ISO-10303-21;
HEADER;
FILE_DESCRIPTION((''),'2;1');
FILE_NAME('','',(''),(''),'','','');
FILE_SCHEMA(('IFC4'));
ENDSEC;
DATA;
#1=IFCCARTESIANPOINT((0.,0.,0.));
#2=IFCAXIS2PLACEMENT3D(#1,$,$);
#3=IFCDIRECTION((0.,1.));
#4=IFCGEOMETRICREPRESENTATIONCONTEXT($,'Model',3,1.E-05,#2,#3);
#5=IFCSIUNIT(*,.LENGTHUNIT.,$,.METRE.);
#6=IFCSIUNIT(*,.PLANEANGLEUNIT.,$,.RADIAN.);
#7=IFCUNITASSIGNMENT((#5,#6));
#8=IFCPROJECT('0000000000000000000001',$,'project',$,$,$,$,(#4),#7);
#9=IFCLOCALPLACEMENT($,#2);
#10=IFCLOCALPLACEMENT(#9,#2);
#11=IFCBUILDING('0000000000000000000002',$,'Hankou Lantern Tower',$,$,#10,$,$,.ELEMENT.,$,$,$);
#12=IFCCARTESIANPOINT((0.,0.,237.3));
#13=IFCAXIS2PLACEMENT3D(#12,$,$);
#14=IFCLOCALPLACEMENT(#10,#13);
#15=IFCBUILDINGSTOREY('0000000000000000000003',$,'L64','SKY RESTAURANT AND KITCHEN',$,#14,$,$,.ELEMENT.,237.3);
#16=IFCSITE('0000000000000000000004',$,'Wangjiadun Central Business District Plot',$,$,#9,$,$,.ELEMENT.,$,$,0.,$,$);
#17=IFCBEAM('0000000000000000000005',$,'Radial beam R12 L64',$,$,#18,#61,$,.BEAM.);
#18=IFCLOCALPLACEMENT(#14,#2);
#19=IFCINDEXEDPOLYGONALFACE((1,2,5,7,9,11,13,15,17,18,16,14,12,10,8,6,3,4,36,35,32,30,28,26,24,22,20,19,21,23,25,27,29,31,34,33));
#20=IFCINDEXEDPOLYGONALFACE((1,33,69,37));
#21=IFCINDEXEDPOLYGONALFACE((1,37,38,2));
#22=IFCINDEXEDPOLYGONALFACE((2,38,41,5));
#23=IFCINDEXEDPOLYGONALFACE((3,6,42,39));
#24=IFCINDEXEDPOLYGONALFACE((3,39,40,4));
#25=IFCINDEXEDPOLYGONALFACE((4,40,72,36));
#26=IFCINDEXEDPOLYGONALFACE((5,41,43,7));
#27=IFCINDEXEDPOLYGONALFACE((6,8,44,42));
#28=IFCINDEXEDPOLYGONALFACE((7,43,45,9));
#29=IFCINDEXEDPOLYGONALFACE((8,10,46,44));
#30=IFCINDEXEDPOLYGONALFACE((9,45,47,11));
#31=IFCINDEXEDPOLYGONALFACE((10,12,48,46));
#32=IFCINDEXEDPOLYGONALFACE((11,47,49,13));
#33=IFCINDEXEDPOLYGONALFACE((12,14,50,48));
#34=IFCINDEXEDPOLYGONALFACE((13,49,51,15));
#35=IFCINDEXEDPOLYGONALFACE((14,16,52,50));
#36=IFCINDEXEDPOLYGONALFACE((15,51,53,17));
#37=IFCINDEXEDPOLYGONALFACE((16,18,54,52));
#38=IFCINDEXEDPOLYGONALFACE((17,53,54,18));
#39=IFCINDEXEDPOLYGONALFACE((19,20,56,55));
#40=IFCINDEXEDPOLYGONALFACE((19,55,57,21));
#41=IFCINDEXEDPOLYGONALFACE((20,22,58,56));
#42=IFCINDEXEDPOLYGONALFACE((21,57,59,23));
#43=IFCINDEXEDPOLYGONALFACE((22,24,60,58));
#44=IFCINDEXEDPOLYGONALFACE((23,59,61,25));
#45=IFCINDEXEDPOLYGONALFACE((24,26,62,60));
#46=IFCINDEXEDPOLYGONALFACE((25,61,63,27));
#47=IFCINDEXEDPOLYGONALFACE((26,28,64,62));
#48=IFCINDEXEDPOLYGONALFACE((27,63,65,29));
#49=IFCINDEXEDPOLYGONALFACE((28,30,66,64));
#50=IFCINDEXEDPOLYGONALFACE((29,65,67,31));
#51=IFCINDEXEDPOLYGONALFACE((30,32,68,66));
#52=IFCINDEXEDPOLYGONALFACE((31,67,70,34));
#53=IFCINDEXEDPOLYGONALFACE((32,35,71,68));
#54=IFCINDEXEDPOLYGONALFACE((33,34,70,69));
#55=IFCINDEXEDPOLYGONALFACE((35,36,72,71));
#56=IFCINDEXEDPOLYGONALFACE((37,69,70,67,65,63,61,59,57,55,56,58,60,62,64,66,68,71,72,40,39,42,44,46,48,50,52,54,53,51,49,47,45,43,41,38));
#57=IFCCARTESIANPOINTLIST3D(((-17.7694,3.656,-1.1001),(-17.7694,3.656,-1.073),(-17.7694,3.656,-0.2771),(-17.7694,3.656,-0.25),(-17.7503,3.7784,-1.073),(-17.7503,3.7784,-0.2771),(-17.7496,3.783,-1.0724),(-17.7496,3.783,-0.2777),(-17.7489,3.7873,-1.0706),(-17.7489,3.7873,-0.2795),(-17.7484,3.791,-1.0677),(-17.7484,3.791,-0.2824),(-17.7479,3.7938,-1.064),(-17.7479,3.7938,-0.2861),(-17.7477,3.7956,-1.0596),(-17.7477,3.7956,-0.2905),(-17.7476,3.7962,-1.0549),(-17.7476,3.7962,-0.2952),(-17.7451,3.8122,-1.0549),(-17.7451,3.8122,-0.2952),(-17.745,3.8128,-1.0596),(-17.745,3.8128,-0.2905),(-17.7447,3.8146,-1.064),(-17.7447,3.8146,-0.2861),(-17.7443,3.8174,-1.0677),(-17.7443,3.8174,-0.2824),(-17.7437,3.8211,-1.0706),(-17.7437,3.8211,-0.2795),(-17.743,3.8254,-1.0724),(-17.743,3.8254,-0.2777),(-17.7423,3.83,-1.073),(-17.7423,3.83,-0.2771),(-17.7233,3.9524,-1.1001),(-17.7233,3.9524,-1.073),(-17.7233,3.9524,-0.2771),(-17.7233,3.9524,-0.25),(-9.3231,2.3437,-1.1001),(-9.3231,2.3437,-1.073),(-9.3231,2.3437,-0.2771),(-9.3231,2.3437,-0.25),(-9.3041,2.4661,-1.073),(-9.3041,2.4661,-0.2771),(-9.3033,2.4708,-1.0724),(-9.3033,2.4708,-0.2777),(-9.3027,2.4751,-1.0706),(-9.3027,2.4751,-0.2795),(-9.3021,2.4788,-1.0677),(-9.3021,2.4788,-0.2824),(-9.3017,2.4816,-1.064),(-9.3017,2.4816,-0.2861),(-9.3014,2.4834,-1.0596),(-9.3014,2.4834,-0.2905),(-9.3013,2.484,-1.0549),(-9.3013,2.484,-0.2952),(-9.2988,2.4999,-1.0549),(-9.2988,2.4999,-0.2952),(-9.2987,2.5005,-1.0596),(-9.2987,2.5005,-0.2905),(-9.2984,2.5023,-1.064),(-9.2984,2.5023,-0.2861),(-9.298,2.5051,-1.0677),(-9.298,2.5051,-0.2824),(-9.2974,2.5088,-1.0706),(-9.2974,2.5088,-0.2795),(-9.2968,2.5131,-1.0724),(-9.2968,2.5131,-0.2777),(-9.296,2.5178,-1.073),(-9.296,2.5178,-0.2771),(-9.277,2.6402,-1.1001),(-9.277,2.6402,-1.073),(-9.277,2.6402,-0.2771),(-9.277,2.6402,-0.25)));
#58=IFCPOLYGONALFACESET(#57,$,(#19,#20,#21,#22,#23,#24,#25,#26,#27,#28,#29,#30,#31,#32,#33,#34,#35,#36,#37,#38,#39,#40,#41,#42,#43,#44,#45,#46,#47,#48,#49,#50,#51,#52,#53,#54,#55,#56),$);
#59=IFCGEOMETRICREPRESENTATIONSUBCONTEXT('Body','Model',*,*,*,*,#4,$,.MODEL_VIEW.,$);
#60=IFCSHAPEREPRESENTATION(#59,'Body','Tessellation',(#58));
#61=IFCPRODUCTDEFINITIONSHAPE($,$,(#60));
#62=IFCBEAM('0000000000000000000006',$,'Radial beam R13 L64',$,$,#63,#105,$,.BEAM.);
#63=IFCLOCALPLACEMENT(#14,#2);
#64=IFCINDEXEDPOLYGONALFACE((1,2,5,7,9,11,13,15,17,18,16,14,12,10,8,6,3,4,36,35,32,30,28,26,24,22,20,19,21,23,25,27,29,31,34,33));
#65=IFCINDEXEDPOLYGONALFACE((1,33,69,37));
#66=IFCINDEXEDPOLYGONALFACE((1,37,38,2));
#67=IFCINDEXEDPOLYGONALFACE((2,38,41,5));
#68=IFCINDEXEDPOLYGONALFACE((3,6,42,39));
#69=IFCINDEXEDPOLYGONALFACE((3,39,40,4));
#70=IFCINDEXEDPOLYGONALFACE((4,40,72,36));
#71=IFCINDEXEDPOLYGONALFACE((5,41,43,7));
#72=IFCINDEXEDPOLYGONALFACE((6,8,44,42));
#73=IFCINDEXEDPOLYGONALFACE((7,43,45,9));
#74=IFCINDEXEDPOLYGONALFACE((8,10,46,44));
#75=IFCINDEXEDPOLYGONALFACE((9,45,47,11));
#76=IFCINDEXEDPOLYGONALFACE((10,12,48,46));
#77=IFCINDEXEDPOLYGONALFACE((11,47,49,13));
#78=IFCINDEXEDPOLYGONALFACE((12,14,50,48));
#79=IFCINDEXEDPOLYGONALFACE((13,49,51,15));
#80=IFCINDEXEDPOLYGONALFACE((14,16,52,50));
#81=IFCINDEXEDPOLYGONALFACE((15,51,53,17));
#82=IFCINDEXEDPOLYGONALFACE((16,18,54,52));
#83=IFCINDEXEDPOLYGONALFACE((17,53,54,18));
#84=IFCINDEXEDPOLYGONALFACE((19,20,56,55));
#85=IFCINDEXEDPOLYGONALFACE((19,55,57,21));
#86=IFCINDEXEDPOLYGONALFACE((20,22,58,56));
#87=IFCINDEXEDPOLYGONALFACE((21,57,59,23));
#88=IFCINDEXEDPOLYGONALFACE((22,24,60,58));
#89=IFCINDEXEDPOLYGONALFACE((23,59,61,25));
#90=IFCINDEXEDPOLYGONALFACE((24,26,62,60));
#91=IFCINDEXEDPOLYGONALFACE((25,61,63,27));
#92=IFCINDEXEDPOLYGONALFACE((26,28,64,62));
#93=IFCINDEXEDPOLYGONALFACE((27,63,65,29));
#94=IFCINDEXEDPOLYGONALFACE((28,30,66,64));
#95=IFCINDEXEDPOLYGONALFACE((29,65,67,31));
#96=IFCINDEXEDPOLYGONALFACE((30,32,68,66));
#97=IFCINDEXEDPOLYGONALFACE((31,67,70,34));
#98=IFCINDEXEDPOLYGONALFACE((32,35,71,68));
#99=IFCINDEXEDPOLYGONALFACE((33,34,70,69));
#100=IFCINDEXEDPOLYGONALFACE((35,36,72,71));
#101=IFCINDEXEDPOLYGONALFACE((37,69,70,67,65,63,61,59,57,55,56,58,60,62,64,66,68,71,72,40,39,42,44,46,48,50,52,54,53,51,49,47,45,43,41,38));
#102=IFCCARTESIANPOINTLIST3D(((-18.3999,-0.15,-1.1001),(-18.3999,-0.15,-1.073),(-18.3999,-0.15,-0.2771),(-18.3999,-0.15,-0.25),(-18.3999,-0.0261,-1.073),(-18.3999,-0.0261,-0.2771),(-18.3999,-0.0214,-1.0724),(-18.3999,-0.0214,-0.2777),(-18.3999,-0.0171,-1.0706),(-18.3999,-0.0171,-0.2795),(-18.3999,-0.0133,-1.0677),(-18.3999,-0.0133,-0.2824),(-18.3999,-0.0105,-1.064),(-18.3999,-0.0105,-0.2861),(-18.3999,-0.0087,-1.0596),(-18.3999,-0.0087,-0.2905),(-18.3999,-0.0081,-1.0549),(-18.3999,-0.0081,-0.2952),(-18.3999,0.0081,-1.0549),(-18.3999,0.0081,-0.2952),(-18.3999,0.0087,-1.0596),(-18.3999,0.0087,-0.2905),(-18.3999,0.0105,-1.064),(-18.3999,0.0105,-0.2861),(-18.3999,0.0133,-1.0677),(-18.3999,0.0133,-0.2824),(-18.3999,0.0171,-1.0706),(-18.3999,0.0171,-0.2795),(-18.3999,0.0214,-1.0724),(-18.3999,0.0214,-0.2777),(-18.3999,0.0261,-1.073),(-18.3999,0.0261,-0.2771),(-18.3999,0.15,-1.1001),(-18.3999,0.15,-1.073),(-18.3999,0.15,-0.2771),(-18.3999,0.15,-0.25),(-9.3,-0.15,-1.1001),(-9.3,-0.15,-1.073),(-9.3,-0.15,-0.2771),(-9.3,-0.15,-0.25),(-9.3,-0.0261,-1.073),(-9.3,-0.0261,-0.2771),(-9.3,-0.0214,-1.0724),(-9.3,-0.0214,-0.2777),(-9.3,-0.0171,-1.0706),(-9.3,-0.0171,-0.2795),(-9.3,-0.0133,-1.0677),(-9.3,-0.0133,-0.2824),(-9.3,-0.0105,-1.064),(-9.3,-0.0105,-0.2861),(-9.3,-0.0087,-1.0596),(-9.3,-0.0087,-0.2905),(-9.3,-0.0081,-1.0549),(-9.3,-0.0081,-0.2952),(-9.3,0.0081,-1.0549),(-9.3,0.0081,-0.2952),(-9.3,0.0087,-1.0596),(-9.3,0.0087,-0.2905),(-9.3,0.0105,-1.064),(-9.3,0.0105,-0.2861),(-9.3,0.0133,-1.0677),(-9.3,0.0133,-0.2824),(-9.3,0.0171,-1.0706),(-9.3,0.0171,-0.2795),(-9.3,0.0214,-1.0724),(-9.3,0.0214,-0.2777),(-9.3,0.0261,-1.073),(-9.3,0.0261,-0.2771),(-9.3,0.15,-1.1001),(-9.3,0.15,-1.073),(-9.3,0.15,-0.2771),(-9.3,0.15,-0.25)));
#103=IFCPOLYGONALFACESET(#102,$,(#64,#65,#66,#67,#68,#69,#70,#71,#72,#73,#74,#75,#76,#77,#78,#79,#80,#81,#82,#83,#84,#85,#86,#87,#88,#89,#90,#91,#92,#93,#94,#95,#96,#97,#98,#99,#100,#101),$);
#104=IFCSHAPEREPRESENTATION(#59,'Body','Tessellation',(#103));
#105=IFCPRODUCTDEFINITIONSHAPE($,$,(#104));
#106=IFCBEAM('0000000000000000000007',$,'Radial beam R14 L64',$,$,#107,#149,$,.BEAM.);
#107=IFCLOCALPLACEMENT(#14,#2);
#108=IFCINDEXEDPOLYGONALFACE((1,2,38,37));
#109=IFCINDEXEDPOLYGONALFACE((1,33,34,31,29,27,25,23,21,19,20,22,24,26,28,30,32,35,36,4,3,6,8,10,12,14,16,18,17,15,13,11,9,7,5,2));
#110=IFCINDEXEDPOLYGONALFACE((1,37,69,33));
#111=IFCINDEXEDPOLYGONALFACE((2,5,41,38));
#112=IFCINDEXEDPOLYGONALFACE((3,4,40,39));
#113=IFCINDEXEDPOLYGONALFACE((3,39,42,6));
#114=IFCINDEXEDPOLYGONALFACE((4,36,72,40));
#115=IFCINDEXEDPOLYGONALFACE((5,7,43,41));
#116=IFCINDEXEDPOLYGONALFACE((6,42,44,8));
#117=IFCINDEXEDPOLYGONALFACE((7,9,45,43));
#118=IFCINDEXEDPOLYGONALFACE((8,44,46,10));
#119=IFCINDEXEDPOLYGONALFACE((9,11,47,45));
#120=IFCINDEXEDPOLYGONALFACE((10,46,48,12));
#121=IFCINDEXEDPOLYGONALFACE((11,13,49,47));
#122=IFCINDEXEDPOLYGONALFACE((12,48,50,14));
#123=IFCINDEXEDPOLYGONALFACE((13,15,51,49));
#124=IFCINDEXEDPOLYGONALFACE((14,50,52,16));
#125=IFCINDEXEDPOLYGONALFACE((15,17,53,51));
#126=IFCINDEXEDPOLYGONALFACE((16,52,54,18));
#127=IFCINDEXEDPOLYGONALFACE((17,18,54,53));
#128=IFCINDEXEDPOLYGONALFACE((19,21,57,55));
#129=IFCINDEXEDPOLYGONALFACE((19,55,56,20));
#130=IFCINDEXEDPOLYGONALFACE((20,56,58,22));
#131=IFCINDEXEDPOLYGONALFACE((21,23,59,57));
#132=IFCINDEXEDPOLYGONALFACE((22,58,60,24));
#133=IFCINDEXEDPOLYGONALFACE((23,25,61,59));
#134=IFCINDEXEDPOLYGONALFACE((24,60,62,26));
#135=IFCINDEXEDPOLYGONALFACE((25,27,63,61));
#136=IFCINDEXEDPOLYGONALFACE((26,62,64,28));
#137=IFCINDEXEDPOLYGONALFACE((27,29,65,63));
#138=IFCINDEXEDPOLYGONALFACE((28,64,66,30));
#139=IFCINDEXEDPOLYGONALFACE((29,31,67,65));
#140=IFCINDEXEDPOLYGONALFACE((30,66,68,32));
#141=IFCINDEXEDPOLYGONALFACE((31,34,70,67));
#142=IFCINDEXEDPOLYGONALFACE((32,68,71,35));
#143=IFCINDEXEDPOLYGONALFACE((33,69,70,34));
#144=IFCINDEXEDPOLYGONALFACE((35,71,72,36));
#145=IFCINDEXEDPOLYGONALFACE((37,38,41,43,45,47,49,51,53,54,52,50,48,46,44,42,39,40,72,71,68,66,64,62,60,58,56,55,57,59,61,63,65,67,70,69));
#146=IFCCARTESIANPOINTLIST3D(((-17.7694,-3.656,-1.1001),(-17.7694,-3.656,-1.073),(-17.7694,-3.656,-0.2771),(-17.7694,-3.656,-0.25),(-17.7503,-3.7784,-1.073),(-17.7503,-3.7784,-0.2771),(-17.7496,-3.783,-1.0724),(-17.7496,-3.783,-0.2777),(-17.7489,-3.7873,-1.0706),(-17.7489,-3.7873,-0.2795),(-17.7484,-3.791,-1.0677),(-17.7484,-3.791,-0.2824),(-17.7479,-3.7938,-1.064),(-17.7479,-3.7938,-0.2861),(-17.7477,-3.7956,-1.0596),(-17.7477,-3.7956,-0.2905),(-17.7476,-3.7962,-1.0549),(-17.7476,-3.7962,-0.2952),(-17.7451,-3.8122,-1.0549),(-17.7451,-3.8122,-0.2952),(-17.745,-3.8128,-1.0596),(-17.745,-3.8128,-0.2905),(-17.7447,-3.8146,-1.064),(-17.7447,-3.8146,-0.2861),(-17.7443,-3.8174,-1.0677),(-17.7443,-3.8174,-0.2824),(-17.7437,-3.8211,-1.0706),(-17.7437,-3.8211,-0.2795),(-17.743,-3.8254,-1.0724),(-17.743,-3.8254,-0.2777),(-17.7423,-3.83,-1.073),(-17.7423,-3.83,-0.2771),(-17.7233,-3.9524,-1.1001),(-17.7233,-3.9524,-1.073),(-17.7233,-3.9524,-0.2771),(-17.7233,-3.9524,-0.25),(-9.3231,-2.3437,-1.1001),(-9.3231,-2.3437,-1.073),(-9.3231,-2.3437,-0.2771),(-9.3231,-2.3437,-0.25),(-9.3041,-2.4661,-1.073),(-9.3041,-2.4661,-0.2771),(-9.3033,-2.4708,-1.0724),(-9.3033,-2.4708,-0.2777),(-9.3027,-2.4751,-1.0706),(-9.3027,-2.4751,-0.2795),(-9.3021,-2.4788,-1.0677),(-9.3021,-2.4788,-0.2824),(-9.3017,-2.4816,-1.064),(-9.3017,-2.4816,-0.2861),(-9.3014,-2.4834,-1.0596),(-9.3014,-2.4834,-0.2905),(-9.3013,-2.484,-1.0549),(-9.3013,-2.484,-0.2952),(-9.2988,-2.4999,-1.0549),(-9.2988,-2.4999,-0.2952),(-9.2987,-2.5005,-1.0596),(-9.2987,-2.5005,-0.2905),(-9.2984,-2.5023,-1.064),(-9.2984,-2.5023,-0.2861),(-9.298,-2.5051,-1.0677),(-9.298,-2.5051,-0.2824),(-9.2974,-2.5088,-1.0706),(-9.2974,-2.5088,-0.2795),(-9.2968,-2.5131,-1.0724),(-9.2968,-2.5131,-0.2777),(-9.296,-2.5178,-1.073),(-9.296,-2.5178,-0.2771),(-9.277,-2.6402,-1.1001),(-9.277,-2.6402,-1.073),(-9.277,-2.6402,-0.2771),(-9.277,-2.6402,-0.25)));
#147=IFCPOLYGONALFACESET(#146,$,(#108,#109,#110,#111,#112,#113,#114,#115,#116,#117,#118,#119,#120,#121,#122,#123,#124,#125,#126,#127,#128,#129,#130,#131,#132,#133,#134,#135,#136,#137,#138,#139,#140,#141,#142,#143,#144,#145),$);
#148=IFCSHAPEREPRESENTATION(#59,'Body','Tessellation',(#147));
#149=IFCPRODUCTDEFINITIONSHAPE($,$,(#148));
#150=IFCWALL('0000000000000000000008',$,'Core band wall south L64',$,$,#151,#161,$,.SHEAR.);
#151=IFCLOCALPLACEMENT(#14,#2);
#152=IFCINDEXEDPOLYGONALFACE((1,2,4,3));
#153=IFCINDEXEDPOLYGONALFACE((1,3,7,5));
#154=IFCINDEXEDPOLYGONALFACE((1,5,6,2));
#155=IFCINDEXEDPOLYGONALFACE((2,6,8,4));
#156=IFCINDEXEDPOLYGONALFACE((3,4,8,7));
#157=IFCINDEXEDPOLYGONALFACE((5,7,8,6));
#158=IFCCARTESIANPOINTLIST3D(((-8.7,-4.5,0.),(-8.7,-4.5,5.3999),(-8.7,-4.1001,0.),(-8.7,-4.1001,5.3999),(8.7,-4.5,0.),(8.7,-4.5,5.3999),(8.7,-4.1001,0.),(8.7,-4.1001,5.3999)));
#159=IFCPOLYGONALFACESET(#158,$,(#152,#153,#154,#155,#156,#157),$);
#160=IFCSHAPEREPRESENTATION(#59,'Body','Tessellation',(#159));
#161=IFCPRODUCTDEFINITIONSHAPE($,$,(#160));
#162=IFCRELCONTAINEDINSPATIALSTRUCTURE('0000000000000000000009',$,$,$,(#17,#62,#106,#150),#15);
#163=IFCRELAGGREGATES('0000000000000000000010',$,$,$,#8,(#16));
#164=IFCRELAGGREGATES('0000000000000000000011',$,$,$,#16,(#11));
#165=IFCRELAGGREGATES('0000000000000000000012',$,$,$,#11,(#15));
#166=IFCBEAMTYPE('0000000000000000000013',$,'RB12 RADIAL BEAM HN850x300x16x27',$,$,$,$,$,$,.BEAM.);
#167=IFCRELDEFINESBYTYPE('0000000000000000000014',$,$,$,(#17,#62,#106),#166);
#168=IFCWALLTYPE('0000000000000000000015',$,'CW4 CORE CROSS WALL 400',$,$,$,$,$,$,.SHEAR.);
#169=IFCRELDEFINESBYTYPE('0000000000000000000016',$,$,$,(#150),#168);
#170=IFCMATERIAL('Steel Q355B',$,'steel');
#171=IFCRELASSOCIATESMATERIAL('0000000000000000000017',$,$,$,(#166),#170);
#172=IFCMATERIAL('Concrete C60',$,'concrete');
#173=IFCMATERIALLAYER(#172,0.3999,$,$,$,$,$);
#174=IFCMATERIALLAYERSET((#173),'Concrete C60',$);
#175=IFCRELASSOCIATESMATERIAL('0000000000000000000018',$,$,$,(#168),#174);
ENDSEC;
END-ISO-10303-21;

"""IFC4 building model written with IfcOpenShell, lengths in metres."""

from ifc_helpers import new_model, si_unit, direction, frame, frame_2d, origin, origin_2d, place, context, subcontext, project, spatial, rectangle, i_section, extrude, material, layer, layer_set, material_profile, profile_set, type_object, element, save


model = new_model("IFC4")

# Units and contexts
model_context = context("Model", 3, precision=1e-05, world=origin(), true_north=direction((0.0, 1.0)))
body_context = subcontext(model_context, "Body", "Model", "MODEL_VIEW")
ifc_project = project(units=[si_unit("LENGTHUNIT", "METRE"), si_unit("PLANEANGLEUNIT", "RADIAN")], contexts=[model_context])

# Site, building, storey
site_placement = place(None, origin())
site = spatial("IfcSite", under=ifc_project, at=site_placement, Name="Wangjiadun Central Business District Plot", CompositionType="ELEMENT", RefElevation=0.0)
building_placement = place(site_placement, origin())
building = spatial("IfcBuilding", under=site, at=building_placement, Name="Hankou Lantern Tower", CompositionType="ELEMENT")
storey_placement = place(building_placement, frame((0.0, 0.0, 237.3)))
storey = spatial("IfcBuildingStorey", under=building, at=storey_placement, Name="L64", Description="SKY RESTAURANT AND KITCHEN", CompositionType="ELEMENT", Elevation=237.3)

# Beams
ifc_material_1 = material(Name="Steel Q355B", Category="steel")
ifc_material_profile = material_profile(ifc_material_1, i_section(OverallWidth=0.3, OverallDepth=0.8501, WebThickness=0.0161, FlangeThickness=0.0271, FilletRadius=0.0181, at=origin_2d()), Name="HN850x300x16x27")
ifc_profile_set = profile_set([ifc_material_profile], Name="Steel Q355B")
beam_type = type_object("IfcBeamType", Name="RB12 RADIAL BEAM HN850x300x16x27", PredefinedType="BEAM", material=ifc_profile_set)
beam_1_placement = place(storey_placement, frame((-9.3, 2.4919, -0.675), z_axis=(-0.988145, 0.153523, 0.0), x_axis=(-0.153523, -0.988145, 0.0)))
element("IfcBeam", 1, at=beam_1_placement, inside=storey, type_object=beam_type, Name="Radial beam R12 L64", PredefinedType="BEAM", context=body_context, shape_type="SweptSolid", body=[
    extrude(i_section(OverallWidth=0.3, OverallDepth=0.8501, WebThickness=0.0161, FlangeThickness=0.0271, FilletRadius=0.0181, at=origin_2d()), origin(), (0.0, 0.0, 1.0), 8.5476),
])
beam_2_placement = place(storey_placement, frame((-9.3, 0.0, -0.675), z_axis=(-1.0, 0.0, 0.0), x_axis=(0.0, -1.0, 0.0)))
element("IfcBeam", 2, at=beam_2_placement, inside=storey, type_object=beam_type, Name="Radial beam R13 L64", PredefinedType="BEAM", context=body_context, shape_type="SweptSolid", body=[
    extrude(i_section(OverallWidth=0.3, OverallDepth=0.8501, WebThickness=0.0161, FlangeThickness=0.0271, FilletRadius=0.0181, at=origin_2d()), origin(), (0.0, 0.0, 1.0), 9.0999),
])
beam_3_placement = place(storey_placement, frame((-9.3, -2.4919, -0.675), z_axis=(-0.988145, -0.153523, 0.0), x_axis=(0.153523, -0.988145, 0.0)))
element("IfcBeam", 3, at=beam_3_placement, inside=storey, type_object=beam_type, Name="Radial beam R14 L64", PredefinedType="BEAM", context=body_context, shape_type="SweptSolid", body=[
    extrude(i_section(OverallWidth=0.3, OverallDepth=0.8501, WebThickness=0.0161, FlangeThickness=0.0271, FilletRadius=0.0181, at=origin_2d()), origin(), (0.0, 0.0, 1.0), 8.5476),
])

# Wall
ifc_material_2 = material(Name="Concrete C60", Category="concrete")
ifc_layer_1 = layer(ifc_material_2, 0.3999)
ifc_layer_set_1 = layer_set([ifc_layer_1], Name="Concrete C60")
wall_type_1 = type_object("IfcWallType", Name="CW4 CORE CROSS WALL 400", PredefinedType="SHEAR", material=ifc_layer_set_1)
wall_1_placement = place(storey_placement, frame((-8.7, -4.3, 0.0), z_axis=(0.0, 0.0, 1.0), x_axis=(1.0, 0.0, 0.0)))
element("IfcWall", 4, at=wall_1_placement, inside=storey, type_object=wall_type_1, Name="Core band wall south L64", PredefinedType="SHEAR", context=body_context, shape_type="SweptSolid", body=[
    extrude(rectangle(XDim=17.3999, YDim=0.3999, at=frame_2d((8.7, 0.0))), origin(), (0.0, 0.0, 1.0), 5.3999),
])

save(model, "model.ifc")
